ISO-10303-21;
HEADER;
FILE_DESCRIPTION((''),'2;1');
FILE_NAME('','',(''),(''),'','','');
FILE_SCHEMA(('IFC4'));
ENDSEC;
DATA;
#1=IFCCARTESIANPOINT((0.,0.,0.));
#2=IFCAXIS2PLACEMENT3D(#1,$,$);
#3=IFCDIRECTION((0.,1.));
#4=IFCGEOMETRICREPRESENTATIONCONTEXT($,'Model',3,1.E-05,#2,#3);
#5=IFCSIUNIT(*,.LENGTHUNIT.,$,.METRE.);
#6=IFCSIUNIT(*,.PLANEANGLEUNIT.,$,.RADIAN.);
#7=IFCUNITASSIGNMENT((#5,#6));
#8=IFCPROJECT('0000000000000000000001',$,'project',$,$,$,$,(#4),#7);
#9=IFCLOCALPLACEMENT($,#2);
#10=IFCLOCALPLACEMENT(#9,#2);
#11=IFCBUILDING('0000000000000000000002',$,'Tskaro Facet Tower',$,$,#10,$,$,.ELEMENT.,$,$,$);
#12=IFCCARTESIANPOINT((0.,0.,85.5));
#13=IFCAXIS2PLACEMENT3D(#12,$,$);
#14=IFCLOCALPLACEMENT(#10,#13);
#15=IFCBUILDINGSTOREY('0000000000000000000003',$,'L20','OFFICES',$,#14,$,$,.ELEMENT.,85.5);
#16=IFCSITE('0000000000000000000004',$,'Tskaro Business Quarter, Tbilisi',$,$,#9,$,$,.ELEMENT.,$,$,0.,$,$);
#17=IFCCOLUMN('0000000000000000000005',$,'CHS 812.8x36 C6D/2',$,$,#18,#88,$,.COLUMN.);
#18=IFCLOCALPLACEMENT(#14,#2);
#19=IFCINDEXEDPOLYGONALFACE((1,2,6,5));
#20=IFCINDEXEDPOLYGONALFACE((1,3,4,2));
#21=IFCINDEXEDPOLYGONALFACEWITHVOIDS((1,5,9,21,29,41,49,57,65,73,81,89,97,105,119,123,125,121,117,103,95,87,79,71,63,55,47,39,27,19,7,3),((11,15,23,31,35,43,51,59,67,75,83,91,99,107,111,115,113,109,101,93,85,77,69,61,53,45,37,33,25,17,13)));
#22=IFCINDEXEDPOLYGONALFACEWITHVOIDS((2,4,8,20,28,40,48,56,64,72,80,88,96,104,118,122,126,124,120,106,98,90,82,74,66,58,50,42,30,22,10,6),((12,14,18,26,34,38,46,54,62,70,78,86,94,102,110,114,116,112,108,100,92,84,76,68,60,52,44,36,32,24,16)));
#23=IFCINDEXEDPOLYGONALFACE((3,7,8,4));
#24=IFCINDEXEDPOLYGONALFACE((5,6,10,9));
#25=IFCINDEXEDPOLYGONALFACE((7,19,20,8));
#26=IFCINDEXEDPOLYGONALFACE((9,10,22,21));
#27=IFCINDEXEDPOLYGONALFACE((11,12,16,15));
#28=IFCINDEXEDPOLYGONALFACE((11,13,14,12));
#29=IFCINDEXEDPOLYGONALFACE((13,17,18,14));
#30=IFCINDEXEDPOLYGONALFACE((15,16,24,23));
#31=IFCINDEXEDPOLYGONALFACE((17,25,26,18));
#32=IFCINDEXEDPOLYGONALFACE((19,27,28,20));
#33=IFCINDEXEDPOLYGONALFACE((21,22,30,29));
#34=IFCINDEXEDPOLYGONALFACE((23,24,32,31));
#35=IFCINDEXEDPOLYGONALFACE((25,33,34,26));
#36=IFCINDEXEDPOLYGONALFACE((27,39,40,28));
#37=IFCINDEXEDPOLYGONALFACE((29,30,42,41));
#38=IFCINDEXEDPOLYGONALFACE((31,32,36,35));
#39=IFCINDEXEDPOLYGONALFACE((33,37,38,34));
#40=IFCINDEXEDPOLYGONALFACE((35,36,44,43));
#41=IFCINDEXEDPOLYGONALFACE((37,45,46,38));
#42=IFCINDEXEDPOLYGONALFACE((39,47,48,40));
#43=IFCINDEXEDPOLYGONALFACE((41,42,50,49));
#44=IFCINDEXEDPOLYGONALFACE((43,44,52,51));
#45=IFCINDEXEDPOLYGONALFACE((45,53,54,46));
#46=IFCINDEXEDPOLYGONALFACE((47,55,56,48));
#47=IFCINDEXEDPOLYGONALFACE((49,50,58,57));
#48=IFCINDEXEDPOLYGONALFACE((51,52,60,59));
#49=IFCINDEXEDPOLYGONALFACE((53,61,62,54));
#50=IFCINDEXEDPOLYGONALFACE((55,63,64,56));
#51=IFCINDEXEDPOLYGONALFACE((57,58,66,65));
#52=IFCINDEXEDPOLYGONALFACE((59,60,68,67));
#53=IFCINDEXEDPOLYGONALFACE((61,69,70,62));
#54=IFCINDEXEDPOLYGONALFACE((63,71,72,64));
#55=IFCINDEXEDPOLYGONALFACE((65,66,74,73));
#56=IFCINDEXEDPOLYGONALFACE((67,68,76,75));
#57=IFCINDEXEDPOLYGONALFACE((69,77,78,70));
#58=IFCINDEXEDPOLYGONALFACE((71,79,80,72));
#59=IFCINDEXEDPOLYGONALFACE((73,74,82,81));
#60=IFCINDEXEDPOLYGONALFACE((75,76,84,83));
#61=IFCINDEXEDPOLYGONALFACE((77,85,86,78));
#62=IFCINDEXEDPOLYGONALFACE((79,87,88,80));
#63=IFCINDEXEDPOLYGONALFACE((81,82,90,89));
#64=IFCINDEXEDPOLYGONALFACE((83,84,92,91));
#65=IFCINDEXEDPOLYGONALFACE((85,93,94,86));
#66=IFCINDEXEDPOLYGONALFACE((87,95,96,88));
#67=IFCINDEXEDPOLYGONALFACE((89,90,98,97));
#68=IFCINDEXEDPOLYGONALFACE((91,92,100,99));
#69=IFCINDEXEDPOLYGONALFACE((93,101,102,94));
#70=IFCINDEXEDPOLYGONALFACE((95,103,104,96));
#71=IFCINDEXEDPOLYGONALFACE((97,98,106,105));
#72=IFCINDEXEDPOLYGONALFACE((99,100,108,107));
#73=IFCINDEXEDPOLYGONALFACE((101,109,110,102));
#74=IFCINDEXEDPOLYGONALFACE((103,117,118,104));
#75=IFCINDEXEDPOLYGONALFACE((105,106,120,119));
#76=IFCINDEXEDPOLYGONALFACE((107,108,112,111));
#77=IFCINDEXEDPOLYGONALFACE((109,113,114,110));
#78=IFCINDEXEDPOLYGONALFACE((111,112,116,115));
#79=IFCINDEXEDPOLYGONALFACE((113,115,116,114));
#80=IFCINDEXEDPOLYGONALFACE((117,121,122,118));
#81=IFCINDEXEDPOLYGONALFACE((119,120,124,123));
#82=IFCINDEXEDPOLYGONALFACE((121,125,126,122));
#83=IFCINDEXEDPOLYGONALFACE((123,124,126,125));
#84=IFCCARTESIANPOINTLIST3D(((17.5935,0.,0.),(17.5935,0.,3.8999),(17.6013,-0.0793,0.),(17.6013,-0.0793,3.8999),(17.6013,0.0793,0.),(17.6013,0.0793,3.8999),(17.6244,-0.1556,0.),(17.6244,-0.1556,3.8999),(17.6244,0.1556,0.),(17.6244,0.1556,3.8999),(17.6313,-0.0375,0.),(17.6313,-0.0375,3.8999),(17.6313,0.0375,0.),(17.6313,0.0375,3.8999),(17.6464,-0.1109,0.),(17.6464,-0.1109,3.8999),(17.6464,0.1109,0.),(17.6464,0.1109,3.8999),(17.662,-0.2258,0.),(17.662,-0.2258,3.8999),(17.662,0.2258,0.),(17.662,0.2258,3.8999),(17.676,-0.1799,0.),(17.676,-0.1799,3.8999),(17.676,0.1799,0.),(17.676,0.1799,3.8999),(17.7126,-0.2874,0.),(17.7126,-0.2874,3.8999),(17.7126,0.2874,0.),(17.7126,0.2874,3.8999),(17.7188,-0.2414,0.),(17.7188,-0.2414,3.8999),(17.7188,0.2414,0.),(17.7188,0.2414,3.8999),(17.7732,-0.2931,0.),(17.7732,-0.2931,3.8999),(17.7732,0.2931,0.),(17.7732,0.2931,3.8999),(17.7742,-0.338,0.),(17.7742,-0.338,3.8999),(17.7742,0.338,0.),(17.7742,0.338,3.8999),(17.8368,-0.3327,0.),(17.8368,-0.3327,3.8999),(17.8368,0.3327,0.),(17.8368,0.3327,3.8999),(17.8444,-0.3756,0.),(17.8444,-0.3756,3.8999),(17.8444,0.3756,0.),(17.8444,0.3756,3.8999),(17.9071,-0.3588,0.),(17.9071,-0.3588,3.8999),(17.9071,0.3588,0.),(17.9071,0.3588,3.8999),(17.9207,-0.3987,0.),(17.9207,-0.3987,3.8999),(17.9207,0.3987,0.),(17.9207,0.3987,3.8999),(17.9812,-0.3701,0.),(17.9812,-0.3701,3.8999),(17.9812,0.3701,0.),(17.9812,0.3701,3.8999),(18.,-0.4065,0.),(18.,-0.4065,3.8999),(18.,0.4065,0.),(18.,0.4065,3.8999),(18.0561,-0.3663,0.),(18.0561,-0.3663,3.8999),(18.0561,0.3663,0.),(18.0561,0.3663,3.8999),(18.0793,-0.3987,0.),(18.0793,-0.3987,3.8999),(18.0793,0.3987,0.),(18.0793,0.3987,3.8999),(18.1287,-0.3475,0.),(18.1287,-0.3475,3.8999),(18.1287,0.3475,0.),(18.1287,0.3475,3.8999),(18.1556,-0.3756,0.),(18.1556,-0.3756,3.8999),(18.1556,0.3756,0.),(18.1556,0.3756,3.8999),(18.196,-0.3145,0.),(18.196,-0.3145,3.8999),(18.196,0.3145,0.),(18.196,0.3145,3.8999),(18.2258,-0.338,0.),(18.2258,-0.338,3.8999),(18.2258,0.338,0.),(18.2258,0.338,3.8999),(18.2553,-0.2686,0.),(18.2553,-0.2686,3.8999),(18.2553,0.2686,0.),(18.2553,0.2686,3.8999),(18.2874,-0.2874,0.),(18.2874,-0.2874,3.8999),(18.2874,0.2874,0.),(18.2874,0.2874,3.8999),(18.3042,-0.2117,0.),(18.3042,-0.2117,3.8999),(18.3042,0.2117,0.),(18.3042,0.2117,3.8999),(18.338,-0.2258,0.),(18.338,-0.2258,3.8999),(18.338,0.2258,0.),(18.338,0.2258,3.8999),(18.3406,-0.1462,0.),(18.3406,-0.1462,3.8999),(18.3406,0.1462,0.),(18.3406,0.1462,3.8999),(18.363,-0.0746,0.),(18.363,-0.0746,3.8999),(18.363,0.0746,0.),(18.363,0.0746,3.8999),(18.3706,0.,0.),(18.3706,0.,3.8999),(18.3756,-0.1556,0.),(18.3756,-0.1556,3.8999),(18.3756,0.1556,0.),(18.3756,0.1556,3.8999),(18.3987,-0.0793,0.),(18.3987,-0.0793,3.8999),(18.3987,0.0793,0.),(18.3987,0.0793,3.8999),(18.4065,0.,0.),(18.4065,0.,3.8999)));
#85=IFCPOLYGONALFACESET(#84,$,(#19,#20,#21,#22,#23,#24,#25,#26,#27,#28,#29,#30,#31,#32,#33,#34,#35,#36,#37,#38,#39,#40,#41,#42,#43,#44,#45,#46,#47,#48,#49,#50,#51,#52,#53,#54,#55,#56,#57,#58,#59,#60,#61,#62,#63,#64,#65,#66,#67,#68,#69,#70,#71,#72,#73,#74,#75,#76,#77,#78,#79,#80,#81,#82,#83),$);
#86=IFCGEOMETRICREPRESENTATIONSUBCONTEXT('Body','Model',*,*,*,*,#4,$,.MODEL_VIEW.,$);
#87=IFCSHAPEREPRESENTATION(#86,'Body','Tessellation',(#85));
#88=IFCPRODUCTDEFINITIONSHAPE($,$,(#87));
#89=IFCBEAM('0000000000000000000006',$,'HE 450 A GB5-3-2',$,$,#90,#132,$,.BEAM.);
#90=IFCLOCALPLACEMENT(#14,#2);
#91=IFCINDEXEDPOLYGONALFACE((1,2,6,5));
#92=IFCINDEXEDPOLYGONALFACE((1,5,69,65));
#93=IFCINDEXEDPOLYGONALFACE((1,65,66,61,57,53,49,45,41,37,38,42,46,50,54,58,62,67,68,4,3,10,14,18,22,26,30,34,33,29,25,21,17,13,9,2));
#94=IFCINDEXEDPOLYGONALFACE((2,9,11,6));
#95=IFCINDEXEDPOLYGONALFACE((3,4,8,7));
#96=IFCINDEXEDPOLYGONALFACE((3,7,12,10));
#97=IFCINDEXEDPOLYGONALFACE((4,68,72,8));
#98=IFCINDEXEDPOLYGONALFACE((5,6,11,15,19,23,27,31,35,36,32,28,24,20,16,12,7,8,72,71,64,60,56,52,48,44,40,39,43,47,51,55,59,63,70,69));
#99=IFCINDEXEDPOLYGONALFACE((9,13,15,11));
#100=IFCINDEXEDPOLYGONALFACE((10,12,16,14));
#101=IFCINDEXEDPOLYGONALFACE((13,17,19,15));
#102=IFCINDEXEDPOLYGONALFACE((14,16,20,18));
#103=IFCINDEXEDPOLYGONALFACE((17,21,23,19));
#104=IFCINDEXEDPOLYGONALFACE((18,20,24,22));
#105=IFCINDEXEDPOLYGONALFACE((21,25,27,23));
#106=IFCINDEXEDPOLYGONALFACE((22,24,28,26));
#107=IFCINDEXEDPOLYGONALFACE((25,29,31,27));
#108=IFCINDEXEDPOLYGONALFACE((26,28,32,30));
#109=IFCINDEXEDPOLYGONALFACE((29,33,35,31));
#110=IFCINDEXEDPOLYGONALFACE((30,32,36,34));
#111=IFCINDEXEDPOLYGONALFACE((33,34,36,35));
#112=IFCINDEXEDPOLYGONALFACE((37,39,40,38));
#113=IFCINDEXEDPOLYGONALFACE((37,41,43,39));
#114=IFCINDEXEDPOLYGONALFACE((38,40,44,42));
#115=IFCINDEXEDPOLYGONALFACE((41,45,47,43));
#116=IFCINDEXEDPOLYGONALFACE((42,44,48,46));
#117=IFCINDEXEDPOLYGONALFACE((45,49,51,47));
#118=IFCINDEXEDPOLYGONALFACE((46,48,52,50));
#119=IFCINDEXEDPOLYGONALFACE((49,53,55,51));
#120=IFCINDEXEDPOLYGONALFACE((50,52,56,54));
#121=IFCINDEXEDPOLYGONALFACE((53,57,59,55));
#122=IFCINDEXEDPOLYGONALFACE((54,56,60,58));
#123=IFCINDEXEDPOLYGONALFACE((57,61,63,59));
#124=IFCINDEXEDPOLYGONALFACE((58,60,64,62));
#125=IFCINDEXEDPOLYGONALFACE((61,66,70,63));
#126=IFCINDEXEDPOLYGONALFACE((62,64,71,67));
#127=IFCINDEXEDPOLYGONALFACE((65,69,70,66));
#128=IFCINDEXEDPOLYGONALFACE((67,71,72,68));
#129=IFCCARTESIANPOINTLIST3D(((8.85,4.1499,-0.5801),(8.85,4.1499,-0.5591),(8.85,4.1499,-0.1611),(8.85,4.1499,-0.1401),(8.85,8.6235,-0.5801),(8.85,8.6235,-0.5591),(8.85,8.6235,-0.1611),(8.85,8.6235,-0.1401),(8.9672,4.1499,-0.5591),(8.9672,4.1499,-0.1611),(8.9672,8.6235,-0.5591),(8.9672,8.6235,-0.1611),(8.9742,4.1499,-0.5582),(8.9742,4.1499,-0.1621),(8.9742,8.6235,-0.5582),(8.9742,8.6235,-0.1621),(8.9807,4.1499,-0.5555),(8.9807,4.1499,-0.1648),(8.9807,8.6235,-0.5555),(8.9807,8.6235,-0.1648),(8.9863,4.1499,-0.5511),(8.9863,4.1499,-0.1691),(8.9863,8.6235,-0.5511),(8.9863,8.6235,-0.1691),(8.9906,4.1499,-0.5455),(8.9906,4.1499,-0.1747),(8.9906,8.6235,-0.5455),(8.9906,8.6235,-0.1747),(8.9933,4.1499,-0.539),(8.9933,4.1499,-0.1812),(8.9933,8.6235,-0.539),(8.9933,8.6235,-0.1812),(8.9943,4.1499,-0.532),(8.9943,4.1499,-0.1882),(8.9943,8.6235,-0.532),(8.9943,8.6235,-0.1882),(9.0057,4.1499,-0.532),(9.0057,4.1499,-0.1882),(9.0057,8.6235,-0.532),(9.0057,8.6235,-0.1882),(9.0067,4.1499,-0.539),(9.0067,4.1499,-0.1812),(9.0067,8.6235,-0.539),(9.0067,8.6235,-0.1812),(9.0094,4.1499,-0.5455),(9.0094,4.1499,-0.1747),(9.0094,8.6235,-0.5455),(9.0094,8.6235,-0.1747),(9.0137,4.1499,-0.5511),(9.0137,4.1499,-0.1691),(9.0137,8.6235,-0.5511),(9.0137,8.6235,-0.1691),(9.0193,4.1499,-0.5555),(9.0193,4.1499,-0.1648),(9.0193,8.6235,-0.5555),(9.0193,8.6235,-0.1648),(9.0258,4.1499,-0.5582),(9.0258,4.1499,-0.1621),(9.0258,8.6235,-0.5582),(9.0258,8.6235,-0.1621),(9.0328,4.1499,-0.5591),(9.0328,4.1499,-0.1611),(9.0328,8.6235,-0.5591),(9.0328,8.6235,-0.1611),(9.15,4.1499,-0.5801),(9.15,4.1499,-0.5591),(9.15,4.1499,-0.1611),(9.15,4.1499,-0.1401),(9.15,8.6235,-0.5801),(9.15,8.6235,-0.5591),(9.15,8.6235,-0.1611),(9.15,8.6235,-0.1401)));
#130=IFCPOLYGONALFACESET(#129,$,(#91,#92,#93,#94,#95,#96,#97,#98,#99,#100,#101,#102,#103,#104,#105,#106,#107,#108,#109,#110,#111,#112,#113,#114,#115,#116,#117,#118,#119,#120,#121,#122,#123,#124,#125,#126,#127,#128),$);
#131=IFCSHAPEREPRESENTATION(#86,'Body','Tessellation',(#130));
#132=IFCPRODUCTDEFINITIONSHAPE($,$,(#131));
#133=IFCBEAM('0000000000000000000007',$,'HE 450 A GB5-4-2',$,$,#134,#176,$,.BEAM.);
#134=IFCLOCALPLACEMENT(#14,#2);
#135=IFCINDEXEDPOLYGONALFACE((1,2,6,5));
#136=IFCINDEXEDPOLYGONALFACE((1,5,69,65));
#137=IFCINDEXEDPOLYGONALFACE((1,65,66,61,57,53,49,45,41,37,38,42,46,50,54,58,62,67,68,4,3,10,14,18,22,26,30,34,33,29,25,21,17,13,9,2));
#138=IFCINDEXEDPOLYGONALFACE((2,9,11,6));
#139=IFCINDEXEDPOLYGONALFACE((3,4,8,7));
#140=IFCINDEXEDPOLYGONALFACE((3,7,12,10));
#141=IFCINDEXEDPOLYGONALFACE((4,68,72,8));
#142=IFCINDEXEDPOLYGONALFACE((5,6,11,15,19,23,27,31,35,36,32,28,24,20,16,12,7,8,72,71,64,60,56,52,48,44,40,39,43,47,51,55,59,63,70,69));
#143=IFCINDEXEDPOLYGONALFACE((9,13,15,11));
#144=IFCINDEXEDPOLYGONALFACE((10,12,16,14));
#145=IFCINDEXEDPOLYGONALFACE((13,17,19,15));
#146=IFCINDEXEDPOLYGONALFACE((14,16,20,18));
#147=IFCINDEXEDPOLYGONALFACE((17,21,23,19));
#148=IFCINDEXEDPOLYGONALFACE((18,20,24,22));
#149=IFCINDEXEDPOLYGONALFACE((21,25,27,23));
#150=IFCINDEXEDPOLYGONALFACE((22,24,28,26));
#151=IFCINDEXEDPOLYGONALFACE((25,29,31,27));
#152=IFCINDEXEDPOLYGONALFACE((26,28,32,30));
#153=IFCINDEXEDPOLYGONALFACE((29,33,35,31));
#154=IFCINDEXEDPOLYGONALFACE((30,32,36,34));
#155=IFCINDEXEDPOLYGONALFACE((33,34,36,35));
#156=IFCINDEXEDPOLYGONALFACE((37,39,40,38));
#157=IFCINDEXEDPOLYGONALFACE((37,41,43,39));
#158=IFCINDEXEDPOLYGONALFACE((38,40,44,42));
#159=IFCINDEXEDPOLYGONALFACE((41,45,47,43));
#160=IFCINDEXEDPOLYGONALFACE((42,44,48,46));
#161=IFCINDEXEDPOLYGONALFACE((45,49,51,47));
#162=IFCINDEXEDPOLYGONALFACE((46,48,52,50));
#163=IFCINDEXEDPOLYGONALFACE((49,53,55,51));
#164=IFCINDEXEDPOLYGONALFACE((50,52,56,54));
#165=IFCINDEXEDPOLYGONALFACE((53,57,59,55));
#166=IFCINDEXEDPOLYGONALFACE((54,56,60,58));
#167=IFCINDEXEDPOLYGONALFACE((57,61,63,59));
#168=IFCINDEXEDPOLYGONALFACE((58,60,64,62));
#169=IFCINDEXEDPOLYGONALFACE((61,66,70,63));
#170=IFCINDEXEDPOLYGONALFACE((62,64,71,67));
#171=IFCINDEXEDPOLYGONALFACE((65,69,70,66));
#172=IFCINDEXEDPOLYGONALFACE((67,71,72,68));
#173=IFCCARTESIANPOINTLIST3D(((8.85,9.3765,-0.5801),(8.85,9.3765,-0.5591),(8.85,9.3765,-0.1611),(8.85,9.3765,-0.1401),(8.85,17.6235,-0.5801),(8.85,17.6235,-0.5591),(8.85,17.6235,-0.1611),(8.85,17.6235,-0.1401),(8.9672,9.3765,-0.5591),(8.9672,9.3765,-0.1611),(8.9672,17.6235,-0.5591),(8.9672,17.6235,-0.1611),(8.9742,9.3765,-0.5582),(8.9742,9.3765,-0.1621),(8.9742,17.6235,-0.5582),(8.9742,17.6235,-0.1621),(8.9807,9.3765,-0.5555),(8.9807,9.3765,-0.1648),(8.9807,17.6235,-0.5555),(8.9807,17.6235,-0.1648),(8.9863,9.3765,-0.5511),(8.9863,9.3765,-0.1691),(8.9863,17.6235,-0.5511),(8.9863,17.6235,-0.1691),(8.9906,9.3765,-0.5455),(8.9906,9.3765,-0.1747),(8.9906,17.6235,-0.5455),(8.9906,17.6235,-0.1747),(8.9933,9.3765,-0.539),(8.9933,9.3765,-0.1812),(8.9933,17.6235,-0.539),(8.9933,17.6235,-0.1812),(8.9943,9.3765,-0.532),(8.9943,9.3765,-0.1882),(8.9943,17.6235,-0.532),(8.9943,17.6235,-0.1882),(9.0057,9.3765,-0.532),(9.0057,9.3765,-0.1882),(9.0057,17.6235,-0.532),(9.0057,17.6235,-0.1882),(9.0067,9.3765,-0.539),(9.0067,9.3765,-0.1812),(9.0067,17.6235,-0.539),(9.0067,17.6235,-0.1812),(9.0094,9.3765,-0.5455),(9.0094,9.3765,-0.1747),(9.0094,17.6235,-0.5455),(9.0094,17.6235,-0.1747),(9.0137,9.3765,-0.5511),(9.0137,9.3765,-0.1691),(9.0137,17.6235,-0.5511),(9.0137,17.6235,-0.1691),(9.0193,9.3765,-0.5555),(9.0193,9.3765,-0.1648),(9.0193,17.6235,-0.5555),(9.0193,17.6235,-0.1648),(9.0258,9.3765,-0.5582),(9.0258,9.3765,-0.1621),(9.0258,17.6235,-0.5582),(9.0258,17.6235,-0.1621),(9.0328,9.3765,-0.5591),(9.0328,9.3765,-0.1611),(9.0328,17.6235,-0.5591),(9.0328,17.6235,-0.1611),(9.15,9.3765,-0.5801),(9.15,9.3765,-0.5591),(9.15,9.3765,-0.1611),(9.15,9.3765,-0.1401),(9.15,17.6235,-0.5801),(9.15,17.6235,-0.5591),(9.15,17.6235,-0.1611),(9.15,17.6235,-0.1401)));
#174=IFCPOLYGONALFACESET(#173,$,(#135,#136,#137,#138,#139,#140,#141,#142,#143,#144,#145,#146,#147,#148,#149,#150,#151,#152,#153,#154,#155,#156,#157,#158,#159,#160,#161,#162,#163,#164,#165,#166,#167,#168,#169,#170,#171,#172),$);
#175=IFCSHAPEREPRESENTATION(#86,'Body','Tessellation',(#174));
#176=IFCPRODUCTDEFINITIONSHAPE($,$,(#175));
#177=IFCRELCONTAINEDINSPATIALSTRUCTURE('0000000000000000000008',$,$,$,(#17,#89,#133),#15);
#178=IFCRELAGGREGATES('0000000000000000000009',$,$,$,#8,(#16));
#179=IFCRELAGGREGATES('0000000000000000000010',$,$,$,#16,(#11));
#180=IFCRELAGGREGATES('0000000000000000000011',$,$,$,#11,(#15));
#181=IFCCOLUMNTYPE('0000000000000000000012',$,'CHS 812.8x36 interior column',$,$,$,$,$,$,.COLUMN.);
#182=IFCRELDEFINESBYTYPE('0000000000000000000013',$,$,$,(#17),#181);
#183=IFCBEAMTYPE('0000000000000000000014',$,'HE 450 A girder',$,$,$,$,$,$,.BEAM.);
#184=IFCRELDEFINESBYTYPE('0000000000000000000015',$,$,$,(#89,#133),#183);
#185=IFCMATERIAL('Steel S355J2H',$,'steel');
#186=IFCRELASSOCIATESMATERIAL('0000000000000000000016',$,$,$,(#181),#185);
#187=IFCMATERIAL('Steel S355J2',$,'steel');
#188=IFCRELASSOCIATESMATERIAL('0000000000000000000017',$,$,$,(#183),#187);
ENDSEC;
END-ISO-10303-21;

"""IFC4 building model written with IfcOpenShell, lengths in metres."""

from ifc_helpers import new_model, si_unit, direction, frame, origin, origin_2d, place, context, subcontext, project, spatial, hollow_circle, i_section, extrude, material, material_profile, profile_set, type_object, element, save


model = new_model("IFC4")

# Units and contexts
model_context = context("Model", 3, precision=1e-05, world=origin(), true_north=direction((0.0, 1.0)))
body_context = subcontext(model_context, "Body", "Model", "MODEL_VIEW")
ifc_project = project(units=[si_unit("LENGTHUNIT", "METRE"), si_unit("PLANEANGLEUNIT", "RADIAN")], contexts=[model_context])

# Site, building, storey
site_placement = place(None, origin())
site = spatial("IfcSite", under=ifc_project, at=site_placement, Name="Tskaro Business Quarter, Tbilisi", CompositionType="ELEMENT", RefElevation=0.0)
building_placement = place(site_placement, origin())
building = spatial("IfcBuilding", under=site, at=building_placement, Name="Tskaro Facet Tower", CompositionType="ELEMENT")
storey_placement = place(building_placement, frame((0.0, 0.0, 85.5)))
storey = spatial("IfcBuildingStorey", under=building, at=storey_placement, Name="L20", Description="OFFICES", CompositionType="ELEMENT", Elevation=85.5)

# Column
ifc_material_1 = material(Name="Steel S355J2H", Category="steel")
ifc_material_profile_1 = material_profile(ifc_material_1, hollow_circle(Radius=0.4065, WallThickness=0.0359, at=origin_2d()), Name="CHS 812.8x36")
ifc_profile_set_1 = profile_set([ifc_material_profile_1], Name="Steel S355J2H")
column_type = type_object("IfcColumnType", Name="CHS 812.8x36 interior column", PredefinedType="COLUMN", material=ifc_profile_set_1)
for number, where, z_axis, x_axis, name in (
    (1, (18.0, 0.0, 0.0), (0.0, 0.0, 1.0), (1.0, 0.0, 0.0), "CHS 812.8x36 C6D/2"),
):
    element("IfcColumn", number, at=place(storey_placement, frame(where, z_axis=z_axis, x_axis=x_axis)), inside=storey, type_object=column_type, Name=name, PredefinedType="COLUMN", context=body_context, shape_type="SweptSolid", body=[
        extrude(hollow_circle(Radius=0.4065, WallThickness=0.0359, at=origin_2d()), origin(), (0.0, 0.0, 1.0), 3.8999),
    ])

# Beams
ifc_material_2 = material(Name="Steel S355J2", Category="steel")
ifc_material_profile_2 = material_profile(ifc_material_2, i_section(OverallWidth=0.3, OverallDepth=0.4399, WebThickness=0.0115, FlangeThickness=0.021, FilletRadius=0.0271, at=origin_2d()), Name="HE 450 A")
ifc_profile_set_2 = profile_set([ifc_material_profile_2], Name="Steel S355J2")
beam_type_1 = type_object("IfcBeamType", Name="HE 450 A girder", PredefinedType="BEAM", material=ifc_profile_set_2)
beam_1_placement = place(storey_placement, frame((9.0, 4.1499, -0.3601), z_axis=(0.0, 1.0, 0.0), x_axis=(-1.0, 0.0, 0.0)))
element("IfcBeam", 2, at=beam_1_placement, inside=storey, type_object=beam_type_1, Name="HE 450 A GB5-3-2", PredefinedType="BEAM", context=body_context, shape_type="SweptSolid", body=[
    extrude(i_section(OverallWidth=0.3, OverallDepth=0.4399, WebThickness=0.0115, FlangeThickness=0.021, FilletRadius=0.0271, at=origin_2d()), origin(), (0.0, 0.0, 1.0), 4.4736),
])
beam_2_placement = place(storey_placement, frame((9.0, 9.3765, -0.3601), z_axis=(0.0, 1.0, 0.0), x_axis=(-1.0, 0.0, 0.0)))
element("IfcBeam", 3, at=beam_2_placement, inside=storey, type_object=beam_type_1, Name="HE 450 A GB5-4-2", PredefinedType="BEAM", context=body_context, shape_type="SweptSolid", body=[
    extrude(i_section(OverallWidth=0.3, OverallDepth=0.4399, WebThickness=0.0115, FlangeThickness=0.021, FilletRadius=0.0271, at=origin_2d()), origin(), (0.0, 0.0, 1.0), 8.2471),
])

save(model, "model.ifc")
